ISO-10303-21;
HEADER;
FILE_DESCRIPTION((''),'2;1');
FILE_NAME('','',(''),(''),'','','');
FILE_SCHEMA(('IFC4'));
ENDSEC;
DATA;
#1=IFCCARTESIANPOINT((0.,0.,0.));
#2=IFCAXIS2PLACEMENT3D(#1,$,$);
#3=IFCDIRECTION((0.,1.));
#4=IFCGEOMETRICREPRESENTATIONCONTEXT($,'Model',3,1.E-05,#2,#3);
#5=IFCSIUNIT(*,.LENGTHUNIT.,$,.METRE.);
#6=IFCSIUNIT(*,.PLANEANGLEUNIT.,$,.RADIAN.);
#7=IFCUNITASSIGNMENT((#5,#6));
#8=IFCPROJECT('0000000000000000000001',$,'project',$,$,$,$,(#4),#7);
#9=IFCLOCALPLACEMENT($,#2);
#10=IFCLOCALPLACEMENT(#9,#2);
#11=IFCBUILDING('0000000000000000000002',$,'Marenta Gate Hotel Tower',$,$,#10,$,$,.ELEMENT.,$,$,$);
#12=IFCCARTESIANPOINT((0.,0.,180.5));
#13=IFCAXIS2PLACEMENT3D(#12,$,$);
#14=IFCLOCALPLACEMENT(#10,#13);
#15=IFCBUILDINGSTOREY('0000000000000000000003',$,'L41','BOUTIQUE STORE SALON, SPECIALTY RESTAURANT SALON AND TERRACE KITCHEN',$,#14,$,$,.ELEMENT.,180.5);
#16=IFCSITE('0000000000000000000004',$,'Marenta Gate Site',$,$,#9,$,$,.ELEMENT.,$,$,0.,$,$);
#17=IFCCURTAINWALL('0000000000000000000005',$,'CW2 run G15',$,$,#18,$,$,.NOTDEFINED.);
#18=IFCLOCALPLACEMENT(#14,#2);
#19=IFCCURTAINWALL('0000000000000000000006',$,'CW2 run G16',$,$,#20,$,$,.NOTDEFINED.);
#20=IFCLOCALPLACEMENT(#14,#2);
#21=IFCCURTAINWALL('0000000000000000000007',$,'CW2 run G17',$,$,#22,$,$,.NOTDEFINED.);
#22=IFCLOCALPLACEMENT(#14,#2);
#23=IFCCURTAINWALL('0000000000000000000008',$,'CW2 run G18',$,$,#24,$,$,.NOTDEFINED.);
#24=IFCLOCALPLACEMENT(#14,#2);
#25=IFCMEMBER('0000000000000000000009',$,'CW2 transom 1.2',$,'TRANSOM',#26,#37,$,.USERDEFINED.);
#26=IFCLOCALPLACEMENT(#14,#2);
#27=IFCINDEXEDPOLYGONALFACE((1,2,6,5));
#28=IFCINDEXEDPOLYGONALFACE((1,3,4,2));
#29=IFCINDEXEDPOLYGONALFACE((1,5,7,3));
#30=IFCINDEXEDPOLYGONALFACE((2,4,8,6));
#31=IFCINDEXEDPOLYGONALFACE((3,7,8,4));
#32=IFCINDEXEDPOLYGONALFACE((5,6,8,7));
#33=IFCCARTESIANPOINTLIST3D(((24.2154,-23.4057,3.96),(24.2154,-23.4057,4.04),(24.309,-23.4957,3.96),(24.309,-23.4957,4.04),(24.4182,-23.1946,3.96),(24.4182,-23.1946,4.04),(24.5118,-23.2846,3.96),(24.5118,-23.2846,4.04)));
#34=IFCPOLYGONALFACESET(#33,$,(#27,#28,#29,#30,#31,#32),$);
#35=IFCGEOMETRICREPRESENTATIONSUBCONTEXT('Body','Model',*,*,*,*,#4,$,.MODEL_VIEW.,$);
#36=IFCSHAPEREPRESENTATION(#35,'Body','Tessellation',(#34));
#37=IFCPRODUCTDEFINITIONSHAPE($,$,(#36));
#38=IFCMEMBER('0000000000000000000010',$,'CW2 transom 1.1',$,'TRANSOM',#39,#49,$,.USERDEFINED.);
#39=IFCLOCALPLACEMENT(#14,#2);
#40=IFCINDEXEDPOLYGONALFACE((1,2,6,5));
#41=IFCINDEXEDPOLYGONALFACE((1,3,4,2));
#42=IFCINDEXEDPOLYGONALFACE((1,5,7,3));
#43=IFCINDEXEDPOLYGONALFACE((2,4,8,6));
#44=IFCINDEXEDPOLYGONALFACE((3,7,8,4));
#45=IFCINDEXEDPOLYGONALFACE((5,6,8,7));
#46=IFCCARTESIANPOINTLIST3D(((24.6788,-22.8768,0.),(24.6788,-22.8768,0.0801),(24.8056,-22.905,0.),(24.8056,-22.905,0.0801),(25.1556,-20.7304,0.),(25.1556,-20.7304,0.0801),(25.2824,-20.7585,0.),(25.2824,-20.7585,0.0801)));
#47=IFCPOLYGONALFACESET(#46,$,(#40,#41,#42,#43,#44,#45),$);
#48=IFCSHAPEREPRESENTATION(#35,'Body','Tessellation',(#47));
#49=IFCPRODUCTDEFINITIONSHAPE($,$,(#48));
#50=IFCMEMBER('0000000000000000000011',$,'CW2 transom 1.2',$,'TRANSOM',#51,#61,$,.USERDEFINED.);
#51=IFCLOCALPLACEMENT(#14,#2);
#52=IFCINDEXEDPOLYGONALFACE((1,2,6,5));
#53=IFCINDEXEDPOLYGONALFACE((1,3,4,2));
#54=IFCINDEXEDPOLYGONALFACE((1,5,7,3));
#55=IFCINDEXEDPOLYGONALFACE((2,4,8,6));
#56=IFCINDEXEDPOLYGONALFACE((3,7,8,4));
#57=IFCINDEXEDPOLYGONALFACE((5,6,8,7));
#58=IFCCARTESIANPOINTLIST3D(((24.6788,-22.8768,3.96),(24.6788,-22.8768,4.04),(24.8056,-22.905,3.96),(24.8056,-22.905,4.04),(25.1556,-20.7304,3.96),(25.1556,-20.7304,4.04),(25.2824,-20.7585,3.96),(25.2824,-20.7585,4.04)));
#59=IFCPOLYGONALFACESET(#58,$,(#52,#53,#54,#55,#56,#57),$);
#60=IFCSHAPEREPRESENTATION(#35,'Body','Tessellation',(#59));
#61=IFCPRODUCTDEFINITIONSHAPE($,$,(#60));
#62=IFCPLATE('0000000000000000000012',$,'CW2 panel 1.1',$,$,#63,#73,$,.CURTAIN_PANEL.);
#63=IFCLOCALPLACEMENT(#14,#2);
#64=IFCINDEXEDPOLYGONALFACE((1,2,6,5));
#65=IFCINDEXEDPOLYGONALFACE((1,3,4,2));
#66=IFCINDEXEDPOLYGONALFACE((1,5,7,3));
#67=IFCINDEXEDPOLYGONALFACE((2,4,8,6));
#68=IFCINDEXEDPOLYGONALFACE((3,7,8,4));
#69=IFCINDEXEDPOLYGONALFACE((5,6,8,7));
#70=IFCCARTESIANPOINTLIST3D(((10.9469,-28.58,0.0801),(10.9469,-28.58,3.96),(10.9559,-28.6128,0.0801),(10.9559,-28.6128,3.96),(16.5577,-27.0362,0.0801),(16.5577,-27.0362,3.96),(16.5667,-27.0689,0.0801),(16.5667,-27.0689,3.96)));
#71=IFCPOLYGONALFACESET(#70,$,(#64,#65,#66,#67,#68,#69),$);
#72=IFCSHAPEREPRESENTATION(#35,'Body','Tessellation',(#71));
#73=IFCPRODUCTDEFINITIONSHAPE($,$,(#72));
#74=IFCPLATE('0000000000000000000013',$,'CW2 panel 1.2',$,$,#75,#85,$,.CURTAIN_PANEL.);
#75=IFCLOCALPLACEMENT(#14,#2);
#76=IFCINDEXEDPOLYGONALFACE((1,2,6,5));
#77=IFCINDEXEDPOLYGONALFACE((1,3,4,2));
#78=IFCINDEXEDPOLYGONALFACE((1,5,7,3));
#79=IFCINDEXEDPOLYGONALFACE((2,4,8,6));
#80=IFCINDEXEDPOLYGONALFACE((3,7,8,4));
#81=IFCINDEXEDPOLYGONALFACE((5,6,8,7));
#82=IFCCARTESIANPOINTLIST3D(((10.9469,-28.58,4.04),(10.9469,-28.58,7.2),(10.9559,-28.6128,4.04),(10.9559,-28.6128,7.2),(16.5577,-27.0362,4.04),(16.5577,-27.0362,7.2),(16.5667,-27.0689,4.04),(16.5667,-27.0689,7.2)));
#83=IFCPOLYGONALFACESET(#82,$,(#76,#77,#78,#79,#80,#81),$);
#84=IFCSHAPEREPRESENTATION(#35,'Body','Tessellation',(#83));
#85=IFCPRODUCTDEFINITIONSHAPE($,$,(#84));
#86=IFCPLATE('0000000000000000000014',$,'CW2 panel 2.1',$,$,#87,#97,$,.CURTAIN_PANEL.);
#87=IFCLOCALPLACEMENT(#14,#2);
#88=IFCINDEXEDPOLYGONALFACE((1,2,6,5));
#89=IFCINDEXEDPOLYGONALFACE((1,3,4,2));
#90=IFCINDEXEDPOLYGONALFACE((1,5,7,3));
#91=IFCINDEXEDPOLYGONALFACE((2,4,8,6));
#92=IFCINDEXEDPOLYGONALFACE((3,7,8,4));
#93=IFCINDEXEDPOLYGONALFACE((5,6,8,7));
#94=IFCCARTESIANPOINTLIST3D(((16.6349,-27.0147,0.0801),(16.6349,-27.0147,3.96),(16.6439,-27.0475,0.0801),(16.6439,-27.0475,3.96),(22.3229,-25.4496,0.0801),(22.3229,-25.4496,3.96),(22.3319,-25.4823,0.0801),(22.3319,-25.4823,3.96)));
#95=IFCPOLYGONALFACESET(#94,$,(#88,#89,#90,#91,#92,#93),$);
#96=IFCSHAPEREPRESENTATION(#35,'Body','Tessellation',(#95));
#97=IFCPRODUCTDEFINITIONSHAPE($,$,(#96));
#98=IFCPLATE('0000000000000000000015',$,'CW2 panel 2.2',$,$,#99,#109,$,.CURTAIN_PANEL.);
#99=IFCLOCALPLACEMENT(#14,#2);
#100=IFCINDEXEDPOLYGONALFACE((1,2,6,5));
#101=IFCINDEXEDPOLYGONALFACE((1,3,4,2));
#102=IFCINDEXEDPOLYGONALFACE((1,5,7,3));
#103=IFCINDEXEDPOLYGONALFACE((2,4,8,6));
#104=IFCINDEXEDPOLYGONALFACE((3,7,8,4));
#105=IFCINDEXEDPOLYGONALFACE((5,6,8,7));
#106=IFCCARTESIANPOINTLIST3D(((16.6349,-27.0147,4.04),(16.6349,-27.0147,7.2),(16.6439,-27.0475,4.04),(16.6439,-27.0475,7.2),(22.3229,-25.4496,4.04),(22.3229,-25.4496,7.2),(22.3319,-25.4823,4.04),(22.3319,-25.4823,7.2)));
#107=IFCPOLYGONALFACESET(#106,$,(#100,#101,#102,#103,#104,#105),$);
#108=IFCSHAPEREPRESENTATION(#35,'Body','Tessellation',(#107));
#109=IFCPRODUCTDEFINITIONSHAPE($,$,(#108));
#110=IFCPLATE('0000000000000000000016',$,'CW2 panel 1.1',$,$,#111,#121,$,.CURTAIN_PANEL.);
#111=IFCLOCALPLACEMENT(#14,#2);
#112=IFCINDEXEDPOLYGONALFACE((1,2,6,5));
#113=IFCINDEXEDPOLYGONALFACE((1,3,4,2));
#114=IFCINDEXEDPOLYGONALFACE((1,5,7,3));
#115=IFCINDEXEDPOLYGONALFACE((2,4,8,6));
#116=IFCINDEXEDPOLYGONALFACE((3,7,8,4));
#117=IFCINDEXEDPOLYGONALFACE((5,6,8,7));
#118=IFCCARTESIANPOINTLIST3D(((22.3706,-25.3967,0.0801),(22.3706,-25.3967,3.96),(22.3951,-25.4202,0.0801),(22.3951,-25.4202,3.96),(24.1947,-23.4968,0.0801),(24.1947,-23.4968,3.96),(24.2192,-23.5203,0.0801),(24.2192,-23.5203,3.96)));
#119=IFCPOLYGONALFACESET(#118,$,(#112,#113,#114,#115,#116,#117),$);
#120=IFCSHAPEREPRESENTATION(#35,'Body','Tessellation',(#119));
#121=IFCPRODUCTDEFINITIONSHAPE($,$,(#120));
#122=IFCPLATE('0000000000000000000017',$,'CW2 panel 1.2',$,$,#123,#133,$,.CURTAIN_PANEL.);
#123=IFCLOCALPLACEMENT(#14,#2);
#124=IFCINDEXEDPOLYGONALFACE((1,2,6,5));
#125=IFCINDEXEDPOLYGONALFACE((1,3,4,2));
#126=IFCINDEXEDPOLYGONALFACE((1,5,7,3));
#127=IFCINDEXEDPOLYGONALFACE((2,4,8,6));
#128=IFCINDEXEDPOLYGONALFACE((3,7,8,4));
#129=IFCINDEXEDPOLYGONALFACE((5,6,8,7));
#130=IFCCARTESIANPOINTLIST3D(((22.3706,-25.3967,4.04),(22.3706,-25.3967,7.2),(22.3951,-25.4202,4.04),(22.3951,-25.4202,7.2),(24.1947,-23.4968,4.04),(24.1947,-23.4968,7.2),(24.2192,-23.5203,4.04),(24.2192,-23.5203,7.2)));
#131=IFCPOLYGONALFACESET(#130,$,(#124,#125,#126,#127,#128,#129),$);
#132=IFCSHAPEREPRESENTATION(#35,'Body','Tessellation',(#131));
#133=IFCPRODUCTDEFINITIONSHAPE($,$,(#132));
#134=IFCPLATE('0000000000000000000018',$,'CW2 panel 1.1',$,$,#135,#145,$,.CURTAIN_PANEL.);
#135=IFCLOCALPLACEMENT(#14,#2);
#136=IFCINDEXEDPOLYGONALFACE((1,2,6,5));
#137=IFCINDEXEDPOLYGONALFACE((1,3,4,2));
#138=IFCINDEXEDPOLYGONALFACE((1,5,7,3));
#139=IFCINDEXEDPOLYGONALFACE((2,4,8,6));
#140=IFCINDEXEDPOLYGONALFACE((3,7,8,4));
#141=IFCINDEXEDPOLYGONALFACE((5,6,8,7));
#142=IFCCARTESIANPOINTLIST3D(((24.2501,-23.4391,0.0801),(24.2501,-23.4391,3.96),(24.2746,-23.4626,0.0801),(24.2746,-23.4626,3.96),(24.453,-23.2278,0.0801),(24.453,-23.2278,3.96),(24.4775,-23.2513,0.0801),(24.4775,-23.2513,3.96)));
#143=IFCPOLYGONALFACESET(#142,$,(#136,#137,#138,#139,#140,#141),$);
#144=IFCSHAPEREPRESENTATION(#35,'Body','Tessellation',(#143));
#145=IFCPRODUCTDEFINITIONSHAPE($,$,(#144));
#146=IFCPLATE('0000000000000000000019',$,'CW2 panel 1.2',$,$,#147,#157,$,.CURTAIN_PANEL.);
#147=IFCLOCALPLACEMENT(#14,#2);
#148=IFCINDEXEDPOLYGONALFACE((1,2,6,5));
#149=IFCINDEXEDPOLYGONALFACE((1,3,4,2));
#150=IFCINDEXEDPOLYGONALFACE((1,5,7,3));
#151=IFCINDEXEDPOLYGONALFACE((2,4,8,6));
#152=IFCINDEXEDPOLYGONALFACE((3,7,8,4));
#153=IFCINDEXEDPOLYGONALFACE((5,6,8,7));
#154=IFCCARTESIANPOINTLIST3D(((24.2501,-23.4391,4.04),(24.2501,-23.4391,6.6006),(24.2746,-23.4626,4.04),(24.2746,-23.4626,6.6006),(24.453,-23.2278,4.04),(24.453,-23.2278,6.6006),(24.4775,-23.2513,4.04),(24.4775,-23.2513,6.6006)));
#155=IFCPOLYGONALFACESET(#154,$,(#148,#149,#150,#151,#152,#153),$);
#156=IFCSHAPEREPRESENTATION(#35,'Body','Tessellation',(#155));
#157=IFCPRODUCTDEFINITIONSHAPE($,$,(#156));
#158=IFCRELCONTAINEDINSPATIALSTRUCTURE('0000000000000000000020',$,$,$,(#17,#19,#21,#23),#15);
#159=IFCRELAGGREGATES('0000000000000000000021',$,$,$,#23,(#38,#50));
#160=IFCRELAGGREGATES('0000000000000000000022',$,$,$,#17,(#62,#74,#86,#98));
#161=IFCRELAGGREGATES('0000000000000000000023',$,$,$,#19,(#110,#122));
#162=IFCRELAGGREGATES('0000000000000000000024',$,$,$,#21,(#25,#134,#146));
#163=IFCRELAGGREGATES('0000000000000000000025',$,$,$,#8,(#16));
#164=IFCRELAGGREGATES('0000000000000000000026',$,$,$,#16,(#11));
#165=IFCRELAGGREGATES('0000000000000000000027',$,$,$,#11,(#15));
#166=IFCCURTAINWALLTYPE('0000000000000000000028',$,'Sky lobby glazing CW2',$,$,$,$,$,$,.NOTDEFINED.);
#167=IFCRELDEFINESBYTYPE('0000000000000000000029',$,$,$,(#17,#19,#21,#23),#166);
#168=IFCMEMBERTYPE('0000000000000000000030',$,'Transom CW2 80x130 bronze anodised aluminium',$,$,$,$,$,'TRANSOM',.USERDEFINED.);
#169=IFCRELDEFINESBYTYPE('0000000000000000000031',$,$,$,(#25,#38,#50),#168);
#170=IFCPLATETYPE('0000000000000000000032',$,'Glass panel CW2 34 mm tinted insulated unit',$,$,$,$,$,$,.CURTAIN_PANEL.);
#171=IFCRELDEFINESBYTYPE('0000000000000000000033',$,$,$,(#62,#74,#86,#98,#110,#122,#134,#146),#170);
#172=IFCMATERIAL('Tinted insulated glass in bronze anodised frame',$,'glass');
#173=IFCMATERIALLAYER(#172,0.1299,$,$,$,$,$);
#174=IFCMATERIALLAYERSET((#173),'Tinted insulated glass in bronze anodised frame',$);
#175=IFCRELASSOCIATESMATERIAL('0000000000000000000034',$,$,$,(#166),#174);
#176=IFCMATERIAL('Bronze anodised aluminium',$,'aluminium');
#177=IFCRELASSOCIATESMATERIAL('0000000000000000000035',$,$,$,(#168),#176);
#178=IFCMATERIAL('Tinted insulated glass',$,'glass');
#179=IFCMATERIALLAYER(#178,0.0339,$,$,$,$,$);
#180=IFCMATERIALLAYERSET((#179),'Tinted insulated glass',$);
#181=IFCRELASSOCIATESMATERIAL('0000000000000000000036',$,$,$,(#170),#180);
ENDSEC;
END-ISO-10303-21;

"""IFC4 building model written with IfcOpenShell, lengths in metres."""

from ifc_helpers import new_model, si_unit, direction, frame, origin, origin_2d, place, context, subcontext, project, spatial, rectangle, extrude, material, layer, layer_set, material_profile, profile_set, type_object, element, aggregate, save


model = new_model("IFC4")

# Units and contexts
model_context = context("Model", 3, precision=1e-05, world=origin(), true_north=direction((0.0, 1.0)))
body_context = subcontext(model_context, "Body", "Model", "MODEL_VIEW")
ifc_project = project(units=[si_unit("LENGTHUNIT", "METRE"), si_unit("PLANEANGLEUNIT", "RADIAN")], contexts=[model_context])

# Site, building, storey
site_placement = place(None, origin())
site = spatial("IfcSite", under=ifc_project, at=site_placement, Name="Marenta Gate Site", CompositionType="ELEMENT", RefElevation=0.0)
building_placement = place(site_placement, origin())
building = spatial("IfcBuilding", under=site, at=building_placement, Name="Marenta Gate Hotel Tower", CompositionType="ELEMENT")
storey_placement = place(building_placement, frame((0.0, 0.0, 180.5)))
storey = spatial("IfcBuildingStorey", under=building, at=storey_placement, Name="L41", Description="BOUTIQUE STORE SALON, SPECIALTY RESTAURANT SALON AND TERRACE KITCHEN", CompositionType="ELEMENT", Elevation=180.5)

# Curtain walls
ifc_material_1 = material(Name="Tinted insulated glass in bronze anodised frame", Category="glass")
ifc_layer_1 = layer(ifc_material_1, 0.1299)
ifc_layer_set_1 = layer_set([ifc_layer_1], Name="Tinted insulated glass in bronze anodised frame")
curtain_wall_type = type_object("IfcCurtainWallType", Name="Sky lobby glazing CW2", PredefinedType="NOTDEFINED", material=ifc_layer_set_1)
curtain_wall_1_placement = place(storey_placement, origin())
curtain_wall_1 = element("IfcCurtainWall", 1, at=curtain_wall_1_placement, inside=storey, type_object=curtain_wall_type, Name="CW2 run G15", PredefinedType="NOTDEFINED")
curtain_wall_2_placement = place(storey_placement, origin())
curtain_wall_2 = element("IfcCurtainWall", 2, at=curtain_wall_2_placement, inside=storey, type_object=curtain_wall_type, Name="CW2 run G16", PredefinedType="NOTDEFINED")

# Curtain wall
curtain_wall_3_placement = place(storey_placement, origin())
curtain_wall_3 = element("IfcCurtainWall", 3, at=curtain_wall_3_placement, inside=storey, type_object=curtain_wall_type, Name="CW2 run G17", PredefinedType="NOTDEFINED")

# Curtain wall
curtain_wall_4_placement = place(storey_placement, origin())
curtain_wall_4 = element("IfcCurtainWall", 4, at=curtain_wall_4_placement, inside=storey, type_object=curtain_wall_type, Name="CW2 run G18", PredefinedType="NOTDEFINED")

# Members
ifc_material_2 = material(Name="Bronze anodised aluminium", Category="aluminium")
ifc_material_profile_1 = material_profile(ifc_material_2, rectangle(XDim=0.1299, YDim=0.0801, at=origin_2d()), Name="Transom CW2 80x130 bronze anodised aluminium")
ifc_profile_set_1 = profile_set([ifc_material_profile_1], Name="Bronze anodised aluminium")
member_type_1 = type_object("IfcMemberType", Name="Transom CW2 80x130 bronze anodised aluminium", ElementType="TRANSOM", PredefinedType="USERDEFINED", material=ifc_profile_set_1)
member_1_placement = place(storey_placement, frame((24.2622, -23.4507, 4.0), z_axis=(0.692792, 0.721137, 0.0), x_axis=(-0.721137, 0.692792, 0.0)))
member_1 = element("IfcMember", 5, at=member_1_placement, type_object=member_type_1, Name="CW2 transom 1.2", ObjectType="TRANSOM", PredefinedType="USERDEFINED", context=body_context, shape_type="SweptSolid", body=[
    extrude(rectangle(XDim=0.1299, YDim=0.0801, at=origin_2d()), origin(), (0.0, 0.0, 1.0), 0.2927),
])
member_2_placement = place(storey_placement, frame((24.7422, -22.8909, 0.04), z_axis=(0.216848, 0.976205, 0.0), x_axis=(-0.976205, 0.216848, 0.0)))
member_2 = element("IfcMember", 6, at=member_2_placement, type_object=member_type_1, Name="CW2 transom 1.1", ObjectType="TRANSOM", PredefinedType="USERDEFINED", context=body_context, shape_type="SweptSolid", body=[
    extrude(rectangle(XDim=0.1299, YDim=0.0801, at=origin_2d()), origin(), (0.0, 0.0, 1.0), 2.1987),
])
member_3_placement = place(storey_placement, frame((24.7422, -22.8909, 4.0), z_axis=(0.216848, 0.976205, 0.0), x_axis=(-0.976205, 0.216848, 0.0)))
member_3 = element("IfcMember", 7, at=member_3_placement, type_object=member_type_1, Name="CW2 transom 1.2", ObjectType="TRANSOM", PredefinedType="USERDEFINED", context=body_context, shape_type="SweptSolid", body=[
    extrude(rectangle(XDim=0.1299, YDim=0.0801, at=origin_2d()), origin(), (0.0, 0.0, 1.0), 2.1987),
])
aggregate(curtain_wall_4, [member_2, member_3])

# Plates
ifc_material_3 = material(Name="Tinted insulated glass", Category="glass")
ifc_layer_2 = layer(ifc_material_3, 0.0339)
ifc_layer_set_2 = layer_set([ifc_layer_2], Name="Tinted insulated glass")
plate_type = type_object("IfcPlateType", Name="Glass panel CW2 34 mm tinted insulated unit", PredefinedType="CURTAIN_PANEL", material=ifc_layer_set_2)
plate_1_placement = place(storey_placement, frame((13.7568, -27.8245, 0.0801), z_axis=(0.0, 0.0, 1.0), x_axis=(0.964166, 0.265299, 0.0)))
plate_1 = element("IfcPlate", 8, at=plate_1_placement, type_object=plate_type, Name="CW2 panel 1.1", PredefinedType="CURTAIN_PANEL", context=body_context, shape_type="SweptSolid", body=[
    extrude(rectangle(XDim=5.8193, YDim=0.0339, at=origin_2d()), origin(), (0.0, 0.0, 1.0), 3.8799),
])
plate_2_placement = place(storey_placement, frame((13.7568, -27.8245, 4.04), z_axis=(0.0, 0.0, 1.0), x_axis=(0.964166, 0.265299, 0.0)))
plate_2 = element("IfcPlate", 9, at=plate_2_placement, type_object=plate_type, Name="CW2 panel 1.2", PredefinedType="CURTAIN_PANEL", context=body_context, shape_type="SweptSolid", body=[
    extrude(rectangle(XDim=5.8193, YDim=0.0339, at=origin_2d()), origin(), (0.0, 0.0, 1.0), 3.1599),
])
plate_3_placement = place(storey_placement, frame((19.4834, -26.2485, 0.0801), z_axis=(0.0, 0.0, 1.0), x_axis=(0.964166, 0.265299, 0.0)))
plate_3 = element("IfcPlate", 10, at=plate_3_placement, type_object=plate_type, Name="CW2 panel 2.1", PredefinedType="CURTAIN_PANEL", context=body_context, shape_type="SweptSolid", body=[
    extrude(rectangle(XDim=5.8994, YDim=0.0339, at=origin_2d()), origin(), (0.0, 0.0, 1.0), 3.8799),
])
plate_4_placement = place(storey_placement, frame((19.4834, -26.2485, 4.04), z_axis=(0.0, 0.0, 1.0), x_axis=(0.964166, 0.265299, 0.0)))
plate_4 = element("IfcPlate", 11, at=plate_4_placement, type_object=plate_type, Name="CW2 panel 2.2", PredefinedType="CURTAIN_PANEL", context=body_context, shape_type="SweptSolid", body=[
    extrude(rectangle(XDim=5.8994, YDim=0.0339, at=origin_2d()), origin(), (0.0, 0.0, 1.0), 3.1599),
])
aggregate(curtain_wall_1, [plate_1, plate_2, plate_3, plate_4])
plate_5_placement = place(storey_placement, frame((23.2949, -24.4585, 0.0801), z_axis=(0.0, 0.0, 1.0), x_axis=(0.692571, 0.72135, 0.0)))
plate_5 = element("IfcPlate", 12, at=plate_5_placement, type_object=plate_type, Name="CW2 panel 1.1", PredefinedType="CURTAIN_PANEL", context=body_context, shape_type="SweptSolid", body=[
    extrude(rectangle(XDim=2.6338, YDim=0.0339, at=origin_2d()), origin(), (0.0, 0.0, 1.0), 3.8799),
])
plate_6_placement = place(storey_placement, frame((23.2949, -24.4585, 4.04), z_axis=(0.0, 0.0, 1.0), x_axis=(0.692571, 0.72135, 0.0)))
plate_6 = element("IfcPlate", 13, at=plate_6_placement, type_object=plate_type, Name="CW2 panel 1.2", PredefinedType="CURTAIN_PANEL", context=body_context, shape_type="SweptSolid", body=[
    extrude(rectangle(XDim=2.6338, YDim=0.0339, at=origin_2d()), origin(), (0.0, 0.0, 1.0), 3.1599),
])
aggregate(curtain_wall_2, [plate_5, plate_6])
plate_7_placement = place(storey_placement, frame((24.3638, -23.3452, 0.0801), z_axis=(0.0, 0.0, 1.0), x_axis=(0.6925, 0.721418, 0.0)))
plate_7 = element("IfcPlate", 14, at=plate_7_placement, type_object=plate_type, Name="CW2 panel 1.1", PredefinedType="CURTAIN_PANEL", context=body_context, shape_type="SweptSolid", body=[
    extrude(rectangle(XDim=0.293, YDim=0.0339, at=origin_2d()), origin(), (0.0, 0.0, 1.0), 3.8799),
])
plate_8_placement = place(storey_placement, frame((24.3638, -23.3452, 4.04), z_axis=(0.0, 0.0, 1.0), x_axis=(0.6925, 0.721418, 0.0)))
plate_8 = element("IfcPlate", 15, at=plate_8_placement, type_object=plate_type, Name="CW2 panel 1.2", PredefinedType="CURTAIN_PANEL", context=body_context, shape_type="SweptSolid", body=[
    extrude(rectangle(XDim=0.293, YDim=0.0339, at=origin_2d()), origin(), (0.0, 0.0, 1.0), 2.5605),
])
aggregate(curtain_wall_3, [member_1, plate_7, plate_8])

save(model, "model.ifc")
